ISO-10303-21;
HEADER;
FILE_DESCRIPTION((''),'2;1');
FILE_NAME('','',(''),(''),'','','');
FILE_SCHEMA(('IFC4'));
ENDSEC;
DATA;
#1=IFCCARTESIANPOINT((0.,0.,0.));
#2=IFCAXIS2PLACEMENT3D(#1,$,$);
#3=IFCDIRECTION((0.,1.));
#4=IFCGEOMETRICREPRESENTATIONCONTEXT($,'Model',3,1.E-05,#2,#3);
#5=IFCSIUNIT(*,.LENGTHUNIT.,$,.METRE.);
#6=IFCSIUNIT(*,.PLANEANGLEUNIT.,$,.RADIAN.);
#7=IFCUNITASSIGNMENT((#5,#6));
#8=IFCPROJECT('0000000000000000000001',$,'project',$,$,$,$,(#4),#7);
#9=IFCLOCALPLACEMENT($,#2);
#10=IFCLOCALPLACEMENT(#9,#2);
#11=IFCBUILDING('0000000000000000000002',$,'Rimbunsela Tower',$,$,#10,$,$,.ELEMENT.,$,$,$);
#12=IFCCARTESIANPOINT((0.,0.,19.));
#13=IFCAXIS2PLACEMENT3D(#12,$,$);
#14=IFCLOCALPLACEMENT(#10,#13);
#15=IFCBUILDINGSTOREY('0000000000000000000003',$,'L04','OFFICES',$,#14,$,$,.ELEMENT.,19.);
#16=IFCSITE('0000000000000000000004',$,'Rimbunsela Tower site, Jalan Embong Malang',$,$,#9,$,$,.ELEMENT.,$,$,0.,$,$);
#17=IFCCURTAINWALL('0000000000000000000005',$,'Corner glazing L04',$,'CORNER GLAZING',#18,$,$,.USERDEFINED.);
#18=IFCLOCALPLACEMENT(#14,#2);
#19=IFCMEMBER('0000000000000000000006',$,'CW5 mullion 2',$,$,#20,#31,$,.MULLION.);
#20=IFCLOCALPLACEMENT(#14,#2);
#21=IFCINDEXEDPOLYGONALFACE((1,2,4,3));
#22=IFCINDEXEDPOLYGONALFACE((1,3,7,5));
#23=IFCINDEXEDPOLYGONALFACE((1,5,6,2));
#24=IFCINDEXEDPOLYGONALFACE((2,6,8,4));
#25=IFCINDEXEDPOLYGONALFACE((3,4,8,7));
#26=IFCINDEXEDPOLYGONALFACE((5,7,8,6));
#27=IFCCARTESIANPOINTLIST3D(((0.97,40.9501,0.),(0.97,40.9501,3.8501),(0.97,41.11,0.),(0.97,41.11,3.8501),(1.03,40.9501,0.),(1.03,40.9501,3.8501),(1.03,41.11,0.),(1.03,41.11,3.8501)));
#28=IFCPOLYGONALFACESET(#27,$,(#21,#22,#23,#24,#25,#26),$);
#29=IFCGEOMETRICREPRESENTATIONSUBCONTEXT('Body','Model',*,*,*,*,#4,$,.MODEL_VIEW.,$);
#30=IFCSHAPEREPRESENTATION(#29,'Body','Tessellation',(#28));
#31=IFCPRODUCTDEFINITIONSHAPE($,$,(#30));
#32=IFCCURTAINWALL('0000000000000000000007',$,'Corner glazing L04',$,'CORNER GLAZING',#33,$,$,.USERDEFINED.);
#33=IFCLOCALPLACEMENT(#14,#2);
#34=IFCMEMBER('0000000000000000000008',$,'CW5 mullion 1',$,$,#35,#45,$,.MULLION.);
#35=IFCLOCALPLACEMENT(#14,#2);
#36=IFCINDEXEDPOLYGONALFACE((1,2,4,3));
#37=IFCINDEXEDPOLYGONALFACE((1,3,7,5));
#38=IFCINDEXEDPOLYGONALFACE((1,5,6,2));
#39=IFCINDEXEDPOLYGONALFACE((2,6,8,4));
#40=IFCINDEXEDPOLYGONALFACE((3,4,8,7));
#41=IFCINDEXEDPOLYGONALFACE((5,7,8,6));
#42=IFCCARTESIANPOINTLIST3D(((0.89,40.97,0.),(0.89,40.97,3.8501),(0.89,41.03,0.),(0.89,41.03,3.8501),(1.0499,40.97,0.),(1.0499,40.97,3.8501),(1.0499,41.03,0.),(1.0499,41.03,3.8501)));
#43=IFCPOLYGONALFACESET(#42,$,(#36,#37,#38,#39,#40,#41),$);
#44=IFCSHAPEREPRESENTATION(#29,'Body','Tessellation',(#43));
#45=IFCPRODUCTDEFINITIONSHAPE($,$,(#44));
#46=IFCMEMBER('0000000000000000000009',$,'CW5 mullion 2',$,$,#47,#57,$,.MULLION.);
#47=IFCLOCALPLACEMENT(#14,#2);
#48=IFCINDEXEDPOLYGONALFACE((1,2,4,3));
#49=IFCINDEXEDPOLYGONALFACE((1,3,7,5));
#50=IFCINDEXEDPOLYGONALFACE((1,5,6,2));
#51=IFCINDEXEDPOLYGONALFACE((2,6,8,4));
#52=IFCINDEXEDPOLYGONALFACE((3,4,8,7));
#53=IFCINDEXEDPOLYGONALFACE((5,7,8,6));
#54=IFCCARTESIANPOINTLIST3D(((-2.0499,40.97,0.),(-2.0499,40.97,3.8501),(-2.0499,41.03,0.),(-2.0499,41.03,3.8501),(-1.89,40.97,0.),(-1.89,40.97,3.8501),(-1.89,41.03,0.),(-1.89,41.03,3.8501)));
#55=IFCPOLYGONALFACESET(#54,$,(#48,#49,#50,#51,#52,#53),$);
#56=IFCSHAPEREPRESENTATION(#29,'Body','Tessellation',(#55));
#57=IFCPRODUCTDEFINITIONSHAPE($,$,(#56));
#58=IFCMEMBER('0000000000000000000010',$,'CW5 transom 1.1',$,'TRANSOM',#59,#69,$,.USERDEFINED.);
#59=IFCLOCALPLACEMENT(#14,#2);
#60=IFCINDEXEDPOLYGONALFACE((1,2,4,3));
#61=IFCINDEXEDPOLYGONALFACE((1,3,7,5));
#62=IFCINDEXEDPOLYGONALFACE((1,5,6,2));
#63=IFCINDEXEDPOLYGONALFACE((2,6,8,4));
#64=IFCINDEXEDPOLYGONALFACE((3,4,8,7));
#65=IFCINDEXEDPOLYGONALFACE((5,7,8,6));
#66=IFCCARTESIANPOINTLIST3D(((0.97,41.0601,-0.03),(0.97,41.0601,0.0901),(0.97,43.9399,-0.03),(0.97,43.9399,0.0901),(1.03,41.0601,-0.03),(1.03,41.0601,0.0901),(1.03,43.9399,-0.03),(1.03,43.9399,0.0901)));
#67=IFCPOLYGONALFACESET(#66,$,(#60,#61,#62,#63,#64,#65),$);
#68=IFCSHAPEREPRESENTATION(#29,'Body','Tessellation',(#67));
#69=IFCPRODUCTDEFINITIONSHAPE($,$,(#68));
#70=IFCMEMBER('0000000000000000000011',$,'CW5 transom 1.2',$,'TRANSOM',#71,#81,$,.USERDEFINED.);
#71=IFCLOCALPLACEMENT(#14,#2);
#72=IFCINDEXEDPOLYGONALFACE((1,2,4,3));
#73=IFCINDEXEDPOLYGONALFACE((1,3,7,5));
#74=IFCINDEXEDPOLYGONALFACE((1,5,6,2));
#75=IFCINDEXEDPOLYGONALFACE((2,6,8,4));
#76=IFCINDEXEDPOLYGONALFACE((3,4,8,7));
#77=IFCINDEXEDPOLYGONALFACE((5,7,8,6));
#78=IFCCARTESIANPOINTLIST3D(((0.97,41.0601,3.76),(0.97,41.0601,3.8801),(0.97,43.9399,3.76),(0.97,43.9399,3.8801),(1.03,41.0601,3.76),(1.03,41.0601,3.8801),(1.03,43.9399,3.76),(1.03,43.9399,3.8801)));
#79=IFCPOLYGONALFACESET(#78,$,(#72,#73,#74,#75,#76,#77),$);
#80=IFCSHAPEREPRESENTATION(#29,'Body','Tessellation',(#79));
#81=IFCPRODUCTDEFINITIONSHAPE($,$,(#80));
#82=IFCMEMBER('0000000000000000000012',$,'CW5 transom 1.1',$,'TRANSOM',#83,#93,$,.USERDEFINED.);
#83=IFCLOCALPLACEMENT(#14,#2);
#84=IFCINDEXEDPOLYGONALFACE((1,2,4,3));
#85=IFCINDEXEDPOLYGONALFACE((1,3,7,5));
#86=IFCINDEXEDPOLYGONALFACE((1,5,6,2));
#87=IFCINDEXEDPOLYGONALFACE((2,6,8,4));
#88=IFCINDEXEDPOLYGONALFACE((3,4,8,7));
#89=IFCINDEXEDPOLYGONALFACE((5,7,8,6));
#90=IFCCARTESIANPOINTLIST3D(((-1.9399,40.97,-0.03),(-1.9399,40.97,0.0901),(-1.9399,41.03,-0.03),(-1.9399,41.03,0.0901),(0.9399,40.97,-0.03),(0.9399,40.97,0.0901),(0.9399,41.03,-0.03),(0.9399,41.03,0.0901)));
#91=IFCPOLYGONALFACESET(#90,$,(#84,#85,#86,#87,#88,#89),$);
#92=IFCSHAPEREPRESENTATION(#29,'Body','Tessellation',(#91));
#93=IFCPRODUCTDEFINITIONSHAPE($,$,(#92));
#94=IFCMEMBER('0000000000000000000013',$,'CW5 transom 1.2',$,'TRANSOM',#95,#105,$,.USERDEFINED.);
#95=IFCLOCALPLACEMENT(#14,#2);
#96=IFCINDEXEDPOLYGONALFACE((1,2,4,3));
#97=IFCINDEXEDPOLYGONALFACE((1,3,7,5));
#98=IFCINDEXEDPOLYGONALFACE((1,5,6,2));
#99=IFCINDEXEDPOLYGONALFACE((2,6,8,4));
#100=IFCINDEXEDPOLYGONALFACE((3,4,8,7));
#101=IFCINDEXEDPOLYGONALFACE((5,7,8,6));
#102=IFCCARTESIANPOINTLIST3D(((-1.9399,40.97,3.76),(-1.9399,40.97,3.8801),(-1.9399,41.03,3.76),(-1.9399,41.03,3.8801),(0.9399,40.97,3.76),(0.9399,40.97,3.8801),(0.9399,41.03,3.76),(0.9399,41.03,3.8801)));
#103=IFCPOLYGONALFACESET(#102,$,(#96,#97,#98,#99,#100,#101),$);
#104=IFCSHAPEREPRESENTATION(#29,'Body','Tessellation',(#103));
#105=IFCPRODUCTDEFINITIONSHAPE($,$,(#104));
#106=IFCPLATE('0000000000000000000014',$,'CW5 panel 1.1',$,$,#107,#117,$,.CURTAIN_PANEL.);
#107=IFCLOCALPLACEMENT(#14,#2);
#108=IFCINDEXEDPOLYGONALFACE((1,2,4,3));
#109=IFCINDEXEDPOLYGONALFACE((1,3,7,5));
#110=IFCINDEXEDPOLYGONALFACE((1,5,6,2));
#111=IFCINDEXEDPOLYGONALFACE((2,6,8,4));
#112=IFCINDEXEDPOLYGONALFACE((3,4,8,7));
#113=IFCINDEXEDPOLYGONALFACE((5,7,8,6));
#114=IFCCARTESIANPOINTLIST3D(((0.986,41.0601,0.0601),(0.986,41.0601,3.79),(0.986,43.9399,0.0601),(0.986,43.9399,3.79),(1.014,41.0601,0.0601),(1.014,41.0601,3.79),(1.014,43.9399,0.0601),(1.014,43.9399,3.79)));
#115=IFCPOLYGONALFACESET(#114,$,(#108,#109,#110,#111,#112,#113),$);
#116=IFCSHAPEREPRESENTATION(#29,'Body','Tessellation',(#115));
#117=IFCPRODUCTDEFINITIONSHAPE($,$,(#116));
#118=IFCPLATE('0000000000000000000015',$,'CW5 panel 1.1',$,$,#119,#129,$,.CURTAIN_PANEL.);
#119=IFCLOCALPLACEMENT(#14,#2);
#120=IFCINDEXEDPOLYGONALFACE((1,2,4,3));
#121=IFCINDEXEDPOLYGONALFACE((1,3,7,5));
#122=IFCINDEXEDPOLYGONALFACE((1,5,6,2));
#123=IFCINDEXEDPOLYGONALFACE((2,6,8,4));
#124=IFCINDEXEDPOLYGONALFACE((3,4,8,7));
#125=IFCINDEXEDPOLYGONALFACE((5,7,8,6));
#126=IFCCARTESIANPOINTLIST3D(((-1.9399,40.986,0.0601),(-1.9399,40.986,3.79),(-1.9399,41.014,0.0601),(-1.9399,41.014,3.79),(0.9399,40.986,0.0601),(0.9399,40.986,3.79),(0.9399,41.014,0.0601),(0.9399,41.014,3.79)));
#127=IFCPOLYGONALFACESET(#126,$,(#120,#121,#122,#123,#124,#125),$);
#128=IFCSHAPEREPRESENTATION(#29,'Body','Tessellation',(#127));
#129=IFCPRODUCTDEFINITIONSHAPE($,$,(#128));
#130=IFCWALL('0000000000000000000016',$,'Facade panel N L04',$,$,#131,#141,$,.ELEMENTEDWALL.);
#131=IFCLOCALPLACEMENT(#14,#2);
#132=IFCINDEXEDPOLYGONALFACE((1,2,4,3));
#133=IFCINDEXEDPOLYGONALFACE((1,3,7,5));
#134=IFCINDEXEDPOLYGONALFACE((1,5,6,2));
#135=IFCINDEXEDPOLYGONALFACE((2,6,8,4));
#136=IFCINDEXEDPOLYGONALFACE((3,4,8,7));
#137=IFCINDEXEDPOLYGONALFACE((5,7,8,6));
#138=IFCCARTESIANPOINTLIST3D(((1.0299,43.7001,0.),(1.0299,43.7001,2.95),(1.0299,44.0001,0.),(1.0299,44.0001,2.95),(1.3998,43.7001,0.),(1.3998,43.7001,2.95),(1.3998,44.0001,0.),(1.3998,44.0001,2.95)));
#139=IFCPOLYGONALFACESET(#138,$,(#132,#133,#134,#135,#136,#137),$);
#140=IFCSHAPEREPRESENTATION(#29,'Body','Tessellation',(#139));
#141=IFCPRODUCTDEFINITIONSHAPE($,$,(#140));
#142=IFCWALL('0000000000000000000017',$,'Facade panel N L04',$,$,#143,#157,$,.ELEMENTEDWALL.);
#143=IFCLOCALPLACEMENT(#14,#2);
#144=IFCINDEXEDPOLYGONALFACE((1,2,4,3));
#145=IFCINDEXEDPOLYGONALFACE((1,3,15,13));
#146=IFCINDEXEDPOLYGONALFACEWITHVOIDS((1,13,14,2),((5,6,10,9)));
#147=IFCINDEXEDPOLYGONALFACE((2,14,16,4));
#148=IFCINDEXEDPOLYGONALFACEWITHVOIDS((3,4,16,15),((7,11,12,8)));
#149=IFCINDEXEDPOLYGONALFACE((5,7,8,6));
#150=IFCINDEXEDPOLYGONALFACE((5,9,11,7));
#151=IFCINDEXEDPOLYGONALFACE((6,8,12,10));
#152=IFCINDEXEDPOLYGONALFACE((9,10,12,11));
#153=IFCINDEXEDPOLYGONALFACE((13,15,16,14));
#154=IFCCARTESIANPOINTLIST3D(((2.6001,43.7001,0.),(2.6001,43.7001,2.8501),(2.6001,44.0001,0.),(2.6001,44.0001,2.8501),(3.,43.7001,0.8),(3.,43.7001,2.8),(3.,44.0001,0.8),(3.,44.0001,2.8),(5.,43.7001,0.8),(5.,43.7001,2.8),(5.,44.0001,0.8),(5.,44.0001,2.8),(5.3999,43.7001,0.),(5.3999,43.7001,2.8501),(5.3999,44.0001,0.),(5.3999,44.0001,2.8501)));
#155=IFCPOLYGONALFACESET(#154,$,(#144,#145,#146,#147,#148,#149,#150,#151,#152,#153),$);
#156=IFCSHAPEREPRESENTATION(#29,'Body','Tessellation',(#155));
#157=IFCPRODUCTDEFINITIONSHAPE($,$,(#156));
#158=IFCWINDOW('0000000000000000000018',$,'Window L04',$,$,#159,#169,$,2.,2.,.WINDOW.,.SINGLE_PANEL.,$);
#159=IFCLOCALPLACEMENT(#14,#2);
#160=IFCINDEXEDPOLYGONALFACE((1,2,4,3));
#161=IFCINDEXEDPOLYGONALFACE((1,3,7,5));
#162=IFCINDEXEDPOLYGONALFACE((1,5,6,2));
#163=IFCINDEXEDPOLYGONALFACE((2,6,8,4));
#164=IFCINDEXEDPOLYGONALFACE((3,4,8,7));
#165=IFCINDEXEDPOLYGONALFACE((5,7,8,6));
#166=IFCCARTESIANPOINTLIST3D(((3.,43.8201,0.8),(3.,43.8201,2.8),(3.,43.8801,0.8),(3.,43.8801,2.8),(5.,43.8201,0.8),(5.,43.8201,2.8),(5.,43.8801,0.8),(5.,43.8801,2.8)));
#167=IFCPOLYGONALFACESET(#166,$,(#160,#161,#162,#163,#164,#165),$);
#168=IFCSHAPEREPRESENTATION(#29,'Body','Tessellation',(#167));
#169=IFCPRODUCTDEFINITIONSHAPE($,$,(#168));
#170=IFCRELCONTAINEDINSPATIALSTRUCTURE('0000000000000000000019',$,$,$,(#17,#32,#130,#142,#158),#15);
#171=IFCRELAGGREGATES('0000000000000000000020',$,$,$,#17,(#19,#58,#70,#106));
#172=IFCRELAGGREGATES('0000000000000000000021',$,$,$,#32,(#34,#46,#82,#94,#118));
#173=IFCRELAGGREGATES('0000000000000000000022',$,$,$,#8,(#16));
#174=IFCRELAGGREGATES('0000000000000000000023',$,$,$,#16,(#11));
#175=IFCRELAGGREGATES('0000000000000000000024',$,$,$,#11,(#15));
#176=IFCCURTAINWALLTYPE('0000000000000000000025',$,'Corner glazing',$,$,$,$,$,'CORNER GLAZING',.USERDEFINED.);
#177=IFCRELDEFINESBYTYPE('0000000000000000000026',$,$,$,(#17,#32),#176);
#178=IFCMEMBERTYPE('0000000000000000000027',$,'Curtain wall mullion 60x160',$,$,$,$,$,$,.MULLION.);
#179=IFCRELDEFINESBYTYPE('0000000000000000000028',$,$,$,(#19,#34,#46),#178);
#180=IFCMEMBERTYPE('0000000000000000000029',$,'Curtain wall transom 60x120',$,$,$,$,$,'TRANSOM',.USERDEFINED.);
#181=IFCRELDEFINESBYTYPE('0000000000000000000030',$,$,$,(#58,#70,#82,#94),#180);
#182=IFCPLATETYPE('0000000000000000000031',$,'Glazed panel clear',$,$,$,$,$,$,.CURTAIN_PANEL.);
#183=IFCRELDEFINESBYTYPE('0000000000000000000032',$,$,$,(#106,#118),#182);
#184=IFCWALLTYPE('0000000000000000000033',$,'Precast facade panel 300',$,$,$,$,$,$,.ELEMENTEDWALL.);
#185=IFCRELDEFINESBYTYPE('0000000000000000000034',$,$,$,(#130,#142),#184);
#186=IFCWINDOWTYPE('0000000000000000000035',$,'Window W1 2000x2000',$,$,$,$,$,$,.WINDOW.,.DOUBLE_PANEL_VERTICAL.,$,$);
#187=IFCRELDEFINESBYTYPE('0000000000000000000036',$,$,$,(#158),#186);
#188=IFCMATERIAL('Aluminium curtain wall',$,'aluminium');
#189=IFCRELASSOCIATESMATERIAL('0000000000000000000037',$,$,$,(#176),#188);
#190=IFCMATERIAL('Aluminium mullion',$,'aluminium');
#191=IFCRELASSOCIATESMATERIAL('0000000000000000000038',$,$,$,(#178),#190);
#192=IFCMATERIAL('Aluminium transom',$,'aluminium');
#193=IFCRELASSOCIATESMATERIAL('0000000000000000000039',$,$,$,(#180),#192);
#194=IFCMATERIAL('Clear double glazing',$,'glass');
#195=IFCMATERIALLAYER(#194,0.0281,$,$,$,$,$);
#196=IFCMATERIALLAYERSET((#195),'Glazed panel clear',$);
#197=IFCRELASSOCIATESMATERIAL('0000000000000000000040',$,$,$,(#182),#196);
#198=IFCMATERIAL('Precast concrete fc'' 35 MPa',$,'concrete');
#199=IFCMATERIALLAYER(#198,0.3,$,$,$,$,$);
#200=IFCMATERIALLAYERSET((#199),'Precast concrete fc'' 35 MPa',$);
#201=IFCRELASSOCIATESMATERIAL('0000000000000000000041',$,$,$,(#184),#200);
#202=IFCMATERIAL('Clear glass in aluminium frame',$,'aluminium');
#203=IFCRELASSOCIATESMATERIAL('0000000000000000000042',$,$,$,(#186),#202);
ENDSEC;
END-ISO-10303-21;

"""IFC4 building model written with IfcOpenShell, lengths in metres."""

from ifc_helpers import new_model, si_unit, direction, frame, frame_2d, origin, origin_2d, place, context, subcontext, project, spatial, rectangle, extrude, material, layer, layer_set, material_profile, profile_set, type_object, element, fill, aggregate, save


model = new_model("IFC4")

# Units and contexts
model_context = context("Model", 3, precision=1e-05, world=origin(), true_north=direction((0.0, 1.0)))
body_context = subcontext(model_context, "Body", "Model", "MODEL_VIEW")
ifc_project = project(units=[si_unit("LENGTHUNIT", "METRE"), si_unit("PLANEANGLEUNIT", "RADIAN")], contexts=[model_context])

# Site, building, storey
site_placement = place(None, origin())
site = spatial("IfcSite", under=ifc_project, at=site_placement, Name="Rimbunsela Tower site, Jalan Embong Malang", CompositionType="ELEMENT", RefElevation=0.0)
building_placement = place(site_placement, origin())
building = spatial("IfcBuilding", under=site, at=building_placement, Name="Rimbunsela Tower", CompositionType="ELEMENT")
storey_placement = place(building_placement, frame((0.0, 0.0, 19.0)))
storey = spatial("IfcBuildingStorey", under=building, at=storey_placement, Name="L04", Description="OFFICES", CompositionType="ELEMENT", Elevation=19.0)

# Curtain walls, members
ifc_material_1 = material(Name="Aluminium curtain wall", Category="aluminium")
curtain_wall_type = type_object("IfcCurtainWallType", Name="Corner glazing", ElementType="CORNER GLAZING", PredefinedType="USERDEFINED", material=ifc_material_1)
curtain_wall_1_placement = place(storey_placement, origin())
curtain_wall_1 = element("IfcCurtainWall", 1, at=curtain_wall_1_placement, inside=storey, type_object=curtain_wall_type, Name="Corner glazing L04", ObjectType="CORNER GLAZING", PredefinedType="USERDEFINED")
ifc_material_2 = material(Name="Aluminium mullion", Category="aluminium")
ifc_material_profile_1 = material_profile(ifc_material_2, rectangle(XDim=0.0601, YDim=0.1599, at=origin_2d()), Name="Mullion 60x160")
ifc_profile_set_1 = profile_set([ifc_material_profile_1], Name="Aluminium mullion")
member_type_1 = type_object("IfcMemberType", Name="Curtain wall mullion 60x160", PredefinedType="MULLION", material=ifc_profile_set_1)
member_1_placement = place(storey_placement, frame((1.0, 41.03, 0.0), z_axis=(0.0, 0.0, 1.0), x_axis=(1.0, 0.0, 0.0)))
member_1 = element("IfcMember", 2, at=member_1_placement, type_object=member_type_1, Name="CW5 mullion 2", PredefinedType="MULLION", context=body_context, shape_type="SweptSolid", body=[
    extrude(rectangle(XDim=0.0601, YDim=0.1599, at=origin_2d()), origin(), (0.0, 0.0, 1.0), 3.8501),
])
curtain_wall_2_placement = place(storey_placement, origin())
curtain_wall_2 = element("IfcCurtainWall", 3, at=curtain_wall_2_placement, inside=storey, type_object=curtain_wall_type, Name="Corner glazing L04", ObjectType="CORNER GLAZING", PredefinedType="USERDEFINED")
member_2_placement = place(storey_placement, frame((0.97, 41.0, 0.0), z_axis=(0.0, 0.0, 1.0), x_axis=(0.0, -1.0, 0.0)))
member_2 = element("IfcMember", 4, at=member_2_placement, type_object=member_type_1, Name="CW5 mullion 1", PredefinedType="MULLION", context=body_context, shape_type="SweptSolid", body=[
    extrude(rectangle(XDim=0.0601, YDim=0.1599, at=origin_2d()), origin(), (0.0, 0.0, 1.0), 3.8501),
])
member_3_placement = place(storey_placement, frame((-1.97, 41.0, 0.0), z_axis=(0.0, 0.0, 1.0), x_axis=(0.0, -1.0, 0.0)))
member_3 = element("IfcMember", 5, at=member_3_placement, type_object=member_type_1, Name="CW5 mullion 2", PredefinedType="MULLION", context=body_context, shape_type="SweptSolid", body=[
    extrude(rectangle(XDim=0.0601, YDim=0.1599, at=origin_2d()), origin(), (0.0, 0.0, 1.0), 3.8501),
])

# Members
ifc_material_3 = material(Name="Aluminium transom", Category="aluminium")
ifc_material_profile_2 = material_profile(ifc_material_3, rectangle(XDim=0.0601, YDim=0.1201, at=origin_2d()), Name="Transom 60x120")
ifc_profile_set_2 = profile_set([ifc_material_profile_2], Name="Aluminium transom")
member_type_2 = type_object("IfcMemberType", Name="Curtain wall transom 60x120", ElementType="TRANSOM", PredefinedType="USERDEFINED", material=ifc_profile_set_2)
member_4_placement = place(storey_placement, frame((1.0, 43.9399, 0.03), z_axis=(0.0, -1.0, 0.0), x_axis=(1.0, 0.0, 0.0)))
member_4 = element("IfcMember", 6, at=member_4_placement, type_object=member_type_2, Name="CW5 transom 1.1", ObjectType="TRANSOM", PredefinedType="USERDEFINED", context=body_context, shape_type="SweptSolid", body=[
    extrude(rectangle(XDim=0.0601, YDim=0.1201, at=origin_2d()), origin(), (0.0, 0.0, 1.0), 2.8799),
])
member_5_placement = place(storey_placement, frame((1.0, 43.9399, 3.8201), z_axis=(0.0, -1.0, 0.0), x_axis=(1.0, 0.0, 0.0)))
member_5 = element("IfcMember", 7, at=member_5_placement, type_object=member_type_2, Name="CW5 transom 1.2", ObjectType="TRANSOM", PredefinedType="USERDEFINED", context=body_context, shape_type="SweptSolid", body=[
    extrude(rectangle(XDim=0.0601, YDim=0.1201, at=origin_2d()), origin(), (0.0, 0.0, 1.0), 2.8799),
])
member_6_placement = place(storey_placement, frame((0.9399, 41.0, 0.03), z_axis=(-1.0, 0.0, 0.0), x_axis=(0.0, -1.0, 0.0)))
member_6 = element("IfcMember", 8, at=member_6_placement, type_object=member_type_2, Name="CW5 transom 1.1", ObjectType="TRANSOM", PredefinedType="USERDEFINED", context=body_context, shape_type="SweptSolid", body=[
    extrude(rectangle(XDim=0.0601, YDim=0.1201, at=origin_2d()), origin(), (0.0, 0.0, 1.0), 2.8799),
])
member_7_placement = place(storey_placement, frame((0.9399, 41.0, 3.8201), z_axis=(-1.0, 0.0, 0.0), x_axis=(0.0, -1.0, 0.0)))
member_7 = element("IfcMember", 9, at=member_7_placement, type_object=member_type_2, Name="CW5 transom 1.2", ObjectType="TRANSOM", PredefinedType="USERDEFINED", context=body_context, shape_type="SweptSolid", body=[
    extrude(rectangle(XDim=0.0601, YDim=0.1201, at=origin_2d()), origin(), (0.0, 0.0, 1.0), 2.8799),
])

# Plates
ifc_material_4 = material(Name="Clear double glazing", Category="glass")
ifc_layer_1 = layer(ifc_material_4, 0.0281)
ifc_layer_set_1 = layer_set([ifc_layer_1], Name="Glazed panel clear")
plate_type = type_object("IfcPlateType", Name="Glazed panel clear", PredefinedType="CURTAIN_PANEL", material=ifc_layer_set_1)
plate_1_placement = place(storey_placement, frame((1.0, 42.5, 0.0601), z_axis=(0.0, 0.0, 1.0), x_axis=(0.0, -1.0, 0.0)))
plate_1 = element("IfcPlate", 10, at=plate_1_placement, type_object=plate_type, Name="CW5 panel 1.1", PredefinedType="CURTAIN_PANEL", context=body_context, shape_type="SweptSolid", body=[
    extrude(rectangle(XDim=2.8799, YDim=0.0281, at=origin_2d()), origin(), (0.0, 0.0, 1.0), 3.73),
])
aggregate(curtain_wall_1, [member_1, member_4, member_5, plate_1])
plate_2_placement = place(storey_placement, frame((-0.5, 41.0, 0.0601), z_axis=(0.0, 0.0, 1.0), x_axis=(-1.0, 0.0, 0.0)))
plate_2 = element("IfcPlate", 11, at=plate_2_placement, type_object=plate_type, Name="CW5 panel 1.1", PredefinedType="CURTAIN_PANEL", context=body_context, shape_type="SweptSolid", body=[
    extrude(rectangle(XDim=2.8799, YDim=0.0281, at=origin_2d()), origin(), (0.0, 0.0, 1.0), 3.73),
])
aggregate(curtain_wall_2, [member_2, member_3, member_6, member_7, plate_2])

# Wall
ifc_material_5 = material(Name="Precast concrete fc' 35 MPa", Category="concrete")
ifc_layer_2 = layer(ifc_material_5, 0.3)
ifc_layer_set_2 = layer_set([ifc_layer_2], Name="Precast concrete fc' 35 MPa")
wall_type = type_object("IfcWallType", Name="Precast facade panel 300", PredefinedType="ELEMENTEDWALL", material=ifc_layer_set_2)
wall_1_placement = place(storey_placement, frame((1.3999, 43.8501, 0.0), z_axis=(0.0, 0.0, 1.0), x_axis=(-1.0, 0.0, 0.0)))
element("IfcWall", 12, at=wall_1_placement, inside=storey, type_object=wall_type, Name="Facade panel N L04", PredefinedType="ELEMENTEDWALL", context=body_context, shape_type="SweptSolid", body=[
    extrude(rectangle(XDim=0.3699, YDim=0.3, at=frame_2d((0.1851, 0.0))), origin(), (0.0, 0.0, 1.0), 2.95),
])

# Wall, opening, window
wall_2_placement = place(storey_placement, frame((5.3999, 43.8501, 0.0), z_axis=(0.0, 0.0, 1.0), x_axis=(-1.0, 0.0, 0.0)))
wall_2 = element("IfcWall", 13, at=wall_2_placement, inside=storey, type_object=wall_type, Name="Facade panel N L04", PredefinedType="ELEMENTEDWALL", context=body_context, shape_type="SweptSolid", body=[
    extrude(rectangle(XDim=2.7998, YDim=0.3, at=frame_2d((1.3999, 0.0))), origin(), (0.0, 0.0, 1.0), 2.8501),
])
opening_1_placement = place(wall_2_placement, frame((0.3999, 0.0, 0.8)))
opening_1 = element("IfcOpeningElement", 14, at=opening_1_placement, cuts=wall_2, PredefinedType="OPENING", context=body_context, shape_type="SweptSolid", body=[
    extrude(rectangle(XDim=2.0, YDim=2.0, at=frame_2d((1.0, 1.0))), frame((0.0, 0.1599, 0.0), z_axis=(0.0, -1.0, 0.0), x_axis=(1.0, 0.0, 0.0)), (0.0, 0.0, 1.0), 0.3201),
])
ifc_material_6 = material(Name="Clear glass in aluminium frame", Category="aluminium")
window_type = type_object("IfcWindowType", Name="Window W1 2000x2000", PartitioningType="DOUBLE_PANEL_VERTICAL", PredefinedType="WINDOW", material=ifc_material_6)
window_1_placement = place(opening_1_placement, origin())
window_1 = element("IfcWindow", 15, at=window_1_placement, inside=storey, type_object=window_type, Name="Window L04", OverallHeight=2.0, OverallWidth=2.0, PartitioningType="SINGLE_PANEL", PredefinedType="WINDOW", context=body_context, shape_type="SweptSolid", body=[
    extrude(rectangle(XDim=2.0, YDim=2.0, at=frame_2d((1.0, 1.0))), frame((0.0, 0.03, 0.0), z_axis=(0.0, -1.0, 0.0), x_axis=(1.0, 0.0, 0.0)), (0.0, 0.0, 1.0), 0.0601),
])
fill(opening_1, window_1)

save(model, "model.ifc")
